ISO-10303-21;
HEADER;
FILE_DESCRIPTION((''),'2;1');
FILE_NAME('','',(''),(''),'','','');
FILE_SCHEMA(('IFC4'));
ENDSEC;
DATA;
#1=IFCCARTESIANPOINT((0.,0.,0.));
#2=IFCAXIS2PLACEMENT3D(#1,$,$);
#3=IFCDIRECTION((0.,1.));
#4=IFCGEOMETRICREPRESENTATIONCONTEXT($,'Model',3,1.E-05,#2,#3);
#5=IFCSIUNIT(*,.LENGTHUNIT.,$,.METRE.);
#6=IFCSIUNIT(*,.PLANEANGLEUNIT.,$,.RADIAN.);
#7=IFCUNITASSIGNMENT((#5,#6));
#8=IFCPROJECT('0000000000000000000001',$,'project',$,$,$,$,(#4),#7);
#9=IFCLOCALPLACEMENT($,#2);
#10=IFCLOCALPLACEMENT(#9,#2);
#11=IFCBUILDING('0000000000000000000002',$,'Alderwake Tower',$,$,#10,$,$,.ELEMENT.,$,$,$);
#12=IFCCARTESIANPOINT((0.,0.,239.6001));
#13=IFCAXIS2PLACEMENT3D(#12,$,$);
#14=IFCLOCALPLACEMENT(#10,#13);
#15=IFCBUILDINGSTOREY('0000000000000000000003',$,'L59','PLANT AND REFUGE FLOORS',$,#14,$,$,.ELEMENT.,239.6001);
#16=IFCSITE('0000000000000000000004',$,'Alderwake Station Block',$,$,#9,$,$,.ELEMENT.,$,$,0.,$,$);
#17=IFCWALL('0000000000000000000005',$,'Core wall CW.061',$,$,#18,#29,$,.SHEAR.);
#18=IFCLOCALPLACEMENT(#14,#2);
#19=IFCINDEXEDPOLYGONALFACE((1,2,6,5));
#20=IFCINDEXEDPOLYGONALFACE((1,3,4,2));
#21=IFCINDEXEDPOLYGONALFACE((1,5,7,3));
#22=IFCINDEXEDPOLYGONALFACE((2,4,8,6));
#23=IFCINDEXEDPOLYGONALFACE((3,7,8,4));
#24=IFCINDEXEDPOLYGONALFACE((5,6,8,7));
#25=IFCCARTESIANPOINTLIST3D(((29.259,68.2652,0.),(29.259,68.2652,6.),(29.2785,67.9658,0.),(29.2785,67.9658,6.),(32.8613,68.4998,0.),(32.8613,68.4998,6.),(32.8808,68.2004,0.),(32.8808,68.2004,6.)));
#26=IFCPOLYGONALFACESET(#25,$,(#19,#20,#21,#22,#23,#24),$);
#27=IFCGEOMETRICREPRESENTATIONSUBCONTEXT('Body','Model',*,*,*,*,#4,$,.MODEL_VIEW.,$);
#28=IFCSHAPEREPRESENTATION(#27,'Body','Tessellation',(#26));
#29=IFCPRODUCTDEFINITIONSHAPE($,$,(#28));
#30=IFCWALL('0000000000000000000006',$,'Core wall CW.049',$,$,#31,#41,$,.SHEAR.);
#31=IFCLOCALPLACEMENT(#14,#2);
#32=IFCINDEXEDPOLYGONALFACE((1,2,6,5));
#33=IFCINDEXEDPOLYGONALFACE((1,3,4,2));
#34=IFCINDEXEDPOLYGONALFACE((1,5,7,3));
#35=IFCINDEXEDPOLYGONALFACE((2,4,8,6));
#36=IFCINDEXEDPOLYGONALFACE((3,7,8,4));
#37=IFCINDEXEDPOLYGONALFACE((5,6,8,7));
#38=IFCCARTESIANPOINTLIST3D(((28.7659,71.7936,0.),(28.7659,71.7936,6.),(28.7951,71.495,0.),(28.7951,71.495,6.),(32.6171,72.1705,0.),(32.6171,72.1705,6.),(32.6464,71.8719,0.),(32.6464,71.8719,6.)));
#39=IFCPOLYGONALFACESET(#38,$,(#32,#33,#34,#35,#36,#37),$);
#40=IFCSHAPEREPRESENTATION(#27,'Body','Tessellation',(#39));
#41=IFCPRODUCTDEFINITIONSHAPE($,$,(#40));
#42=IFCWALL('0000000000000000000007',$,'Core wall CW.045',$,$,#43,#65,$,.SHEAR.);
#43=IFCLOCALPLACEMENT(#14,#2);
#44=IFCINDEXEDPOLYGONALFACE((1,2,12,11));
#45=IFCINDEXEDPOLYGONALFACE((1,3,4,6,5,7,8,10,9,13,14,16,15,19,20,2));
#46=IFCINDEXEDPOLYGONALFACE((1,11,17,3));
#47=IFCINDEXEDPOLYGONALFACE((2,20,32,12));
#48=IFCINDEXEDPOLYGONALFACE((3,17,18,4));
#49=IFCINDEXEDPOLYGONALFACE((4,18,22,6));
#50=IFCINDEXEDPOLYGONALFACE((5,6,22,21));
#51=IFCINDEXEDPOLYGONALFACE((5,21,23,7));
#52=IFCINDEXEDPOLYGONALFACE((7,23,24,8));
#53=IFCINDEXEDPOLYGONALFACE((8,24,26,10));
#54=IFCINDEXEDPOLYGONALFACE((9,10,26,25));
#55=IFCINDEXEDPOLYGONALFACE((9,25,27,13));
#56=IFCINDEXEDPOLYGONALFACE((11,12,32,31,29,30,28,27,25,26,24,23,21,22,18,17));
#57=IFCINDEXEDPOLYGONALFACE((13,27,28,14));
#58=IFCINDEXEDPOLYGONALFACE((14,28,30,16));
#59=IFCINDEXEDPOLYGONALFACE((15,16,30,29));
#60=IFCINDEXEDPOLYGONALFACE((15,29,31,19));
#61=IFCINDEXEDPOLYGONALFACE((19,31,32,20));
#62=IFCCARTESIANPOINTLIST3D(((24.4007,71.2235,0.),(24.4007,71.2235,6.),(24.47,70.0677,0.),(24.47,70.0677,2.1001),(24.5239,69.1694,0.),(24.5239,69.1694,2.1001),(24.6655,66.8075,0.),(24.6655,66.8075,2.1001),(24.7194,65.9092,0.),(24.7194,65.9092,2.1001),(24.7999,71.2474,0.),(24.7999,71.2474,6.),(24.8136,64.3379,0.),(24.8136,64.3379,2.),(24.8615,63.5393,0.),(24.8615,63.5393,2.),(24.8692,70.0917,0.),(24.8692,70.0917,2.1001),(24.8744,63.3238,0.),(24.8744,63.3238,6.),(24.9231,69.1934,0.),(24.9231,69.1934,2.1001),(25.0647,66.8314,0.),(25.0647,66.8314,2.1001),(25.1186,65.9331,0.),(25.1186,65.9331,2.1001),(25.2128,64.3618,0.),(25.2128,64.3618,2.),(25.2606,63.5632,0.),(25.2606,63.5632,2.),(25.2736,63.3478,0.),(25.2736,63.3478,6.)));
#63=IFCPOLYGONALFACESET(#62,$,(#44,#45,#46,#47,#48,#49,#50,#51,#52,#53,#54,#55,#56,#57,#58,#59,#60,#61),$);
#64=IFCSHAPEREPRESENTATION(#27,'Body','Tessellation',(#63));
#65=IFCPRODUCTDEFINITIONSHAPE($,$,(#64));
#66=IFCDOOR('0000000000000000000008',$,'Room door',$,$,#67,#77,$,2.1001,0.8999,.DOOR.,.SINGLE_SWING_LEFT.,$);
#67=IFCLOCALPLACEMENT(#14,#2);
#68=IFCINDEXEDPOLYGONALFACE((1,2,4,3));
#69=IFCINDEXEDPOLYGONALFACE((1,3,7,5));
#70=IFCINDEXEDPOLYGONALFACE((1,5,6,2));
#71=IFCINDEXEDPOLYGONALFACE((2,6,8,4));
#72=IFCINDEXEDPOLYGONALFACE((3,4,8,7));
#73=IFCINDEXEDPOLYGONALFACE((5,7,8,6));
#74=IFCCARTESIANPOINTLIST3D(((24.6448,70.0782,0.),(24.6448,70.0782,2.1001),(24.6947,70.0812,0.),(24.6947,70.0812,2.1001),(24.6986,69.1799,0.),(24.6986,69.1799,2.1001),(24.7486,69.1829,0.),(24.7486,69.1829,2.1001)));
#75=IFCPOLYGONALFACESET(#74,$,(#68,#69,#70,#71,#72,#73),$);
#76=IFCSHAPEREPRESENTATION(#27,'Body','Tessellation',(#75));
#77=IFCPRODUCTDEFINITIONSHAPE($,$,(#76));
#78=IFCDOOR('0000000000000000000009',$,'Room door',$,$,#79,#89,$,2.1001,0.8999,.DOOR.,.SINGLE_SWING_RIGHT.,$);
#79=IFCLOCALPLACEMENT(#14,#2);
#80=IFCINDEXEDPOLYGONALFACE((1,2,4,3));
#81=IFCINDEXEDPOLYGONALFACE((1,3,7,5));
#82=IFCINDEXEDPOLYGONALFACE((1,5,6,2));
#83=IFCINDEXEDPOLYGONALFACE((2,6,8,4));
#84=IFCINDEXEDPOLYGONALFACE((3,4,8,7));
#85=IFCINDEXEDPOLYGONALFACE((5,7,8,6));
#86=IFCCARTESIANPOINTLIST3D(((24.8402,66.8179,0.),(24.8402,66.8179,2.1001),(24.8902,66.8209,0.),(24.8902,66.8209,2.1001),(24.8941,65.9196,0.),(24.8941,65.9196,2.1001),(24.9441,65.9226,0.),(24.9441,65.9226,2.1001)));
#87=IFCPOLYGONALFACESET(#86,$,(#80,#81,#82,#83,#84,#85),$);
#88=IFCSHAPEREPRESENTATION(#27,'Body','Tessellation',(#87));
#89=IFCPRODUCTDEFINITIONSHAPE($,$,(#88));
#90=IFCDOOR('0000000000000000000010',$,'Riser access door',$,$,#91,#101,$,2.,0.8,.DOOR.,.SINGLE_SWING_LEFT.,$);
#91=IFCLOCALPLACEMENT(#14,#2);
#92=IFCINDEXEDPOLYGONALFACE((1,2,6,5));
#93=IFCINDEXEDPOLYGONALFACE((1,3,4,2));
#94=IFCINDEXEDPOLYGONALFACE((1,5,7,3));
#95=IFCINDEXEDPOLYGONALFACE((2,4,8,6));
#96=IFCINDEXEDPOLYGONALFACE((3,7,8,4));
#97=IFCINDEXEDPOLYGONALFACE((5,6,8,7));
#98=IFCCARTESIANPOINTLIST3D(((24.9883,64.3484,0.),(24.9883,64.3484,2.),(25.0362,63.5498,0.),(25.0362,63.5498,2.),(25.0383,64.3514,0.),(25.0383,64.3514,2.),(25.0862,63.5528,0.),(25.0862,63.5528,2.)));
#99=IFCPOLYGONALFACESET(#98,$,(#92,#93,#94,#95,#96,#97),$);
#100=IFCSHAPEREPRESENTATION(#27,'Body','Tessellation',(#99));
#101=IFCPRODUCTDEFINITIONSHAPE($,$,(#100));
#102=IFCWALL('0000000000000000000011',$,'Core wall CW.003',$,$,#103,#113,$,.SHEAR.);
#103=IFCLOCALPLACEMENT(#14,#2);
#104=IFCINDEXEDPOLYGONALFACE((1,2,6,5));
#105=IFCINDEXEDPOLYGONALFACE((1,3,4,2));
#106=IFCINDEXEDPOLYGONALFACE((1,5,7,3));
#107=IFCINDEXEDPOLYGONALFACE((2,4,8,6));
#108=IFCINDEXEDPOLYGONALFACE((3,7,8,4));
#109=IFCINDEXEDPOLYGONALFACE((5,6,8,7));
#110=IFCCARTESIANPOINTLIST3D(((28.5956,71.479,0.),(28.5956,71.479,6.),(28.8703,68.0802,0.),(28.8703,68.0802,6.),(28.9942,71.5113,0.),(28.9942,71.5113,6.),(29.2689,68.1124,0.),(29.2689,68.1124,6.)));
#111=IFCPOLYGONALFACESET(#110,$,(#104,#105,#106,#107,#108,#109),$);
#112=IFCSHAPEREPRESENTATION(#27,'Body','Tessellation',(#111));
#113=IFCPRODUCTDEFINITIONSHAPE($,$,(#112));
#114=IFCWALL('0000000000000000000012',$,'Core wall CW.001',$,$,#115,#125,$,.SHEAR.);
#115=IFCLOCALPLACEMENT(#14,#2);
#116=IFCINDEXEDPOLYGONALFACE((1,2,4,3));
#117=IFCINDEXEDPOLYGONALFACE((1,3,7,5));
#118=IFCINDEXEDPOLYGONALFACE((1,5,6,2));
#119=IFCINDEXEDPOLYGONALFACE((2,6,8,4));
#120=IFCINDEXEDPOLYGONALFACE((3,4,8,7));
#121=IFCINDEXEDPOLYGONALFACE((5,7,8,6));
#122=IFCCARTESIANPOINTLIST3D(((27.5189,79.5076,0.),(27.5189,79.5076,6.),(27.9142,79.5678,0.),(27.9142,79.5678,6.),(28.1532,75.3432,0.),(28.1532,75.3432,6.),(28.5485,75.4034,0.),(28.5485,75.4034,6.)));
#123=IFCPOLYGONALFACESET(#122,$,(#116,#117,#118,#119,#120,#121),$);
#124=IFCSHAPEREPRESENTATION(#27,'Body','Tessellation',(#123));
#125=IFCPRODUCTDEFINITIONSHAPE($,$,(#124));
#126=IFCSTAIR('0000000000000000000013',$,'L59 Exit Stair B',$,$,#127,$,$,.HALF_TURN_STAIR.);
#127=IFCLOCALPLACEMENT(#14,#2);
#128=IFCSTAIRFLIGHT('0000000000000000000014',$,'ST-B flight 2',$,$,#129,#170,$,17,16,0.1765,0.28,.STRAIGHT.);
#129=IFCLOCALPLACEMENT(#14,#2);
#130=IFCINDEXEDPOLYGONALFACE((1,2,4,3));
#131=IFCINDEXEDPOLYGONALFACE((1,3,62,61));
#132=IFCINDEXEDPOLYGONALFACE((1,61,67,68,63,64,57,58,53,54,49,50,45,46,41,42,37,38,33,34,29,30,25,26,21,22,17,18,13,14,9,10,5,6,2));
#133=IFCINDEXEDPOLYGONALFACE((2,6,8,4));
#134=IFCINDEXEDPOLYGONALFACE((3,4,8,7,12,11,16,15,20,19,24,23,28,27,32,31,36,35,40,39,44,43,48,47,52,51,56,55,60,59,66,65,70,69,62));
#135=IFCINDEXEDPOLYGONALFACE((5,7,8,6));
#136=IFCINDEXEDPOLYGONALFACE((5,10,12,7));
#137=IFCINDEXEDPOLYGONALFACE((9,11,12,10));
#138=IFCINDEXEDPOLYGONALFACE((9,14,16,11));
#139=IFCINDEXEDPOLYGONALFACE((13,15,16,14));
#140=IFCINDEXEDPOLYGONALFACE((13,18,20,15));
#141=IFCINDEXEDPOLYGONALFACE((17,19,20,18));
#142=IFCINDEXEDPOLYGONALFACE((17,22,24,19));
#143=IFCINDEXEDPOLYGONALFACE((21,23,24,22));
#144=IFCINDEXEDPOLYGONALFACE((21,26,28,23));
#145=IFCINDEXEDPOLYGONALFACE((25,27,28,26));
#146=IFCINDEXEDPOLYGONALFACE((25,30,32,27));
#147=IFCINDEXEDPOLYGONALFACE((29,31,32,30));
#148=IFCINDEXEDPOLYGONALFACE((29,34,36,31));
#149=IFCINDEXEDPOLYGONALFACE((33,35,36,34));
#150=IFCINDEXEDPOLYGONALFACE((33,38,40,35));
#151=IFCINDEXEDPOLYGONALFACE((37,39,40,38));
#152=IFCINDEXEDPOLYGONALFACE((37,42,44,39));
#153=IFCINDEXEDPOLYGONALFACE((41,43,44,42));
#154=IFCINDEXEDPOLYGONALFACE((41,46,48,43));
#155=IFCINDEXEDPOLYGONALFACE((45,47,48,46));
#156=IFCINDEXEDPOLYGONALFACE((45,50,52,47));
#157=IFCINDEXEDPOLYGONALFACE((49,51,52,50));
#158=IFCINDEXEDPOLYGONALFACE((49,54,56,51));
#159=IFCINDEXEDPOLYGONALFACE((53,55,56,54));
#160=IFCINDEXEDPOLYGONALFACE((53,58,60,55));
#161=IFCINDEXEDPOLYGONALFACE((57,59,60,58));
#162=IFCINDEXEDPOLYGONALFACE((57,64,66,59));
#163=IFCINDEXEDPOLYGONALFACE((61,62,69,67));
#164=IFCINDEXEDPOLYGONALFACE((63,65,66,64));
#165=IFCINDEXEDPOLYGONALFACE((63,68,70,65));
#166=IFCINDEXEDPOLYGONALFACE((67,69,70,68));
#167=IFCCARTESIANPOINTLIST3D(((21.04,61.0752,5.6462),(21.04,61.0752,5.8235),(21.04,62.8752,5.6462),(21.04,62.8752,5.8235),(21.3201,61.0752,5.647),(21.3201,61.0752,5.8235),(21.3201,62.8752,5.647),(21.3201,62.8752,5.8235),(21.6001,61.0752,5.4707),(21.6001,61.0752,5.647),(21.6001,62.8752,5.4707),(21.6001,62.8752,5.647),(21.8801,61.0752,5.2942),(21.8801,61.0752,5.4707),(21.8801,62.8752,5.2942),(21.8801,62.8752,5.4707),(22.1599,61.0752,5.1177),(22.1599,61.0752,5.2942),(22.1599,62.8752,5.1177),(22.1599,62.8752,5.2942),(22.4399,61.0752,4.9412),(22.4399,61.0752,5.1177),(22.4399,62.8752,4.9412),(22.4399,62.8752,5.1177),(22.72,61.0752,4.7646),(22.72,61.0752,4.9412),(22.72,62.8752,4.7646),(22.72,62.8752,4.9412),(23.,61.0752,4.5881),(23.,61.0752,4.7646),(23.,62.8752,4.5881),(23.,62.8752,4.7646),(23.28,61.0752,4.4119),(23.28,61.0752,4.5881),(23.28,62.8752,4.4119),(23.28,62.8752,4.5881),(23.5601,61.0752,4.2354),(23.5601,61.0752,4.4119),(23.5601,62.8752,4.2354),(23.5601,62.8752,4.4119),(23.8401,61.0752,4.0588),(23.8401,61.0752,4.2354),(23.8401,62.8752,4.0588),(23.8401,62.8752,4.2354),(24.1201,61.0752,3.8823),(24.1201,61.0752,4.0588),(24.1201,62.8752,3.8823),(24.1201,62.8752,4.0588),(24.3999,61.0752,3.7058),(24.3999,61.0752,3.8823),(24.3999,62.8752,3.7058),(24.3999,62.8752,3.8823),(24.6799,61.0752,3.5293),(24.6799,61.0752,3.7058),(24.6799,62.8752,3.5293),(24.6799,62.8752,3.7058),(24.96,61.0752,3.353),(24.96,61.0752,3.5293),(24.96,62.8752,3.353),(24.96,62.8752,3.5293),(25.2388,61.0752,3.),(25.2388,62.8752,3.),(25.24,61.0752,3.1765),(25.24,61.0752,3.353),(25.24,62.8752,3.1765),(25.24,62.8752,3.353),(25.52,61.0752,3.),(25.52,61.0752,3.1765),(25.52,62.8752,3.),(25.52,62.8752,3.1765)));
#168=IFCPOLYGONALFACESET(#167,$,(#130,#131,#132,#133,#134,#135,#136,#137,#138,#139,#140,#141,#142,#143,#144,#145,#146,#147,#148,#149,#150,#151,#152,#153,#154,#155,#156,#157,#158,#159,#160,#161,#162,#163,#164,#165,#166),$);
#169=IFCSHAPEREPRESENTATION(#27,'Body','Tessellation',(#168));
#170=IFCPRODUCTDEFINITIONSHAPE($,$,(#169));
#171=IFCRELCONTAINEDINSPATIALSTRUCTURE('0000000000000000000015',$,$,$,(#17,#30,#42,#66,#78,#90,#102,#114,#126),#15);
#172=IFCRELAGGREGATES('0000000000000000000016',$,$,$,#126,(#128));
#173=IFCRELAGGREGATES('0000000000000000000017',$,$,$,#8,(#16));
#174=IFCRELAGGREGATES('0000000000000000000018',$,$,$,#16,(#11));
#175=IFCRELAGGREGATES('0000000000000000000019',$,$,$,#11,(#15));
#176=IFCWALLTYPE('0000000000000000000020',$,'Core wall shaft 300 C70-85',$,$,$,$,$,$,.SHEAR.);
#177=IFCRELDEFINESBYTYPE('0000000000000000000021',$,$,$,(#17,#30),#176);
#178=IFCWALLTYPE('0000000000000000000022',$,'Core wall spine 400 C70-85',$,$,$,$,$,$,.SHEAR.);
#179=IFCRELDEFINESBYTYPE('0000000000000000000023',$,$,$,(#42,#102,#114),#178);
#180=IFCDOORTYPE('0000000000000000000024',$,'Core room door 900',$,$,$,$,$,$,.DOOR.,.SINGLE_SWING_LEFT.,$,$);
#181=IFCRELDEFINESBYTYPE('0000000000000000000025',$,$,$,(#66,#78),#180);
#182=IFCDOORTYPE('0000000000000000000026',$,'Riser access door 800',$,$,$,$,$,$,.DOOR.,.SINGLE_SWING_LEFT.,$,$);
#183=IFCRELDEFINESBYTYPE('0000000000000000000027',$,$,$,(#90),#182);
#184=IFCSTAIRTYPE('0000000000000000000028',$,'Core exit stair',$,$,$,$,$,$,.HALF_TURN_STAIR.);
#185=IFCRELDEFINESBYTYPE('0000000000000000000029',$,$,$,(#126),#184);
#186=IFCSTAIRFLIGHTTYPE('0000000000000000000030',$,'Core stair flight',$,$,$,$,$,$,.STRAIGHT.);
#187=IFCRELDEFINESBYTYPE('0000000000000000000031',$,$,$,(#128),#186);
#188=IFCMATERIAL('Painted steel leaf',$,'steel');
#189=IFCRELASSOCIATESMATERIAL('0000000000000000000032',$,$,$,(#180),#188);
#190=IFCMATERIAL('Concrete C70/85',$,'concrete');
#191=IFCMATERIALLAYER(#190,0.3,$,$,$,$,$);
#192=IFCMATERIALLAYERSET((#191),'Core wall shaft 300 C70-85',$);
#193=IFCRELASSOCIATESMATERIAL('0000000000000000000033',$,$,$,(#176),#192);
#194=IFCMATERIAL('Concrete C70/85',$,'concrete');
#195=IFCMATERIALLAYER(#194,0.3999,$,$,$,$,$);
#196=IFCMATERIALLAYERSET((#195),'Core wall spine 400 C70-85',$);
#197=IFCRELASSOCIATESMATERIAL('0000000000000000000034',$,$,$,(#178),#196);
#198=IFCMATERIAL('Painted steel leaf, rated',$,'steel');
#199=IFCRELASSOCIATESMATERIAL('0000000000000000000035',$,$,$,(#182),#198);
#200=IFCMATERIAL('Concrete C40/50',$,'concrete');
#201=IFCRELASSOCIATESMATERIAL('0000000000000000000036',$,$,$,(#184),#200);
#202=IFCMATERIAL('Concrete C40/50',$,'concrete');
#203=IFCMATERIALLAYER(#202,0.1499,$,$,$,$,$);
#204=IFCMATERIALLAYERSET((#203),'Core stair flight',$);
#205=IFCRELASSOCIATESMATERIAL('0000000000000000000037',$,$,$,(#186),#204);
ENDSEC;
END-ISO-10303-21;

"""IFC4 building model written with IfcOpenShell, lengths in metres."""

from ifc_helpers import new_model, si_unit, direction, frame, frame_2d, origin, place, context, subcontext, project, spatial, polyline, rectangle, outline, extrude, material, layer, layer_set, type_object, element, fill, aggregate, save


model = new_model("IFC4")

# Units and contexts
model_context = context("Model", 3, precision=1e-05, world=origin(), true_north=direction((0.0, 1.0)))
body_context = subcontext(model_context, "Body", "Model", "MODEL_VIEW")
ifc_project = project(units=[si_unit("LENGTHUNIT", "METRE"), si_unit("PLANEANGLEUNIT", "RADIAN")], contexts=[model_context])

# Site, building, storey
site_placement = place(None, origin())
site = spatial("IfcSite", under=ifc_project, at=site_placement, Name="Alderwake Station Block", CompositionType="ELEMENT", RefElevation=0.0)
building_placement = place(site_placement, origin())
building = spatial("IfcBuilding", under=site, at=building_placement, Name="Alderwake Tower", CompositionType="ELEMENT")
storey_placement = place(building_placement, frame((0.0, 0.0, 239.6001)))
storey = spatial("IfcBuildingStorey", under=building, at=storey_placement, Name="L59", Description="PLANT AND REFUGE FLOORS", CompositionType="ELEMENT", Elevation=239.6001)

# Shared definitions
ifc_material_1 = material(Name="Painted steel leaf", Category="steel")
door_type_1 = type_object("IfcDoorType", Name="Core room door 900", OperationType="SINGLE_SWING_LEFT", PredefinedType="DOOR", material=ifc_material_1)

# Walls
ifc_material_2 = material(Name="Concrete C70/85", Category="concrete")
ifc_layer_1 = layer(ifc_material_2, 0.3)
ifc_layer_set_1 = layer_set([ifc_layer_1], Name="Core wall shaft 300 C70-85")
wall_type_1 = type_object("IfcWallType", Name="Core wall shaft 300 C70-85", PredefinedType="SHEAR", material=ifc_layer_set_1)
wall_1_placement = place(storey_placement, frame((29.2688, 68.1155, 0.0), z_axis=(0.0, 0.0, 1.0), x_axis=(0.997886, 0.064993, 0.0)))
element("IfcWall", 1, at=wall_1_placement, inside=storey, type_object=wall_type_1, Name="Core wall CW.061", PredefinedType="SHEAR", context=body_context, shape_type="SweptSolid", body=[
    extrude(rectangle(XDim=3.6099, YDim=0.3, at=frame_2d((1.8049, 0.0))), origin(), (0.0, 0.0, 1.0), 6.0),
])
wall_2_placement = place(storey_placement, frame((28.7805, 71.6443, 0.0), z_axis=(0.0, 0.0, 1.0), x_axis=(0.995244, 0.097411, 0.0)))
element("IfcWall", 2, at=wall_2_placement, inside=storey, type_object=wall_type_1, Name="Core wall CW.049", PredefinedType="SHEAR", context=body_context, shape_type="SweptSolid", body=[
    extrude(rectangle(XDim=3.8696, YDim=0.3, at=frame_2d((1.9348, 0.0))), origin(), (0.0, 0.0, 1.0), 6.0),
])

# Wall, openings, doors
ifc_material_3 = material(Name="Concrete C70/85", Category="concrete")
ifc_layer_2 = layer(ifc_material_3, 0.3999)
ifc_layer_set_2 = layer_set([ifc_layer_2], Name="Core wall spine 400 C70-85")
wall_type_2 = type_object("IfcWallType", Name="Core wall spine 400 C70-85", PredefinedType="SHEAR", material=ifc_layer_set_2)
wall_3_placement = place(storey_placement, frame((25.074, 63.3357, 0.0), z_axis=(0.0, 0.0, 1.0), x_axis=(-0.059849, 0.998207, 0.0)))
wall_3 = element("IfcWall", 3, at=wall_3_placement, inside=storey, type_object=wall_type_2, Name="Core wall CW.045", PredefinedType="SHEAR", context=body_context, shape_type="SweptSolid", body=[
    extrude(rectangle(XDim=7.9138, YDim=0.3999, at=frame_2d((3.957, 0.0))), origin(), (0.0, 0.0, 1.0), 6.0),
])
opening_1_placement = place(wall_3_placement, frame((0.2161, 0.0, 0.0)))
opening_1 = element("IfcOpeningElement", 4, at=opening_1_placement, cuts=wall_3, PredefinedType="OPENING", context=body_context, shape_type="SweptSolid", body=[
    extrude(rectangle(XDim=0.8, YDim=2.0, at=frame_2d((0.3999, 1.0))), frame((0.0, 0.21, 0.0), z_axis=(0.0, -1.0, 0.0), x_axis=(1.0, 0.0, 0.0)), (0.0, 0.0, 1.0), 0.4199),
])
opening_2_placement = place(wall_3_placement, frame((5.8562, 0.0, 0.0)))
opening_2 = element("IfcOpeningElement", 5, at=opening_2_placement, cuts=wall_3, PredefinedType="OPENING", context=body_context, shape_type="SweptSolid", body=[
    extrude(rectangle(XDim=0.8999, YDim=2.1001, at=frame_2d((0.45, 1.05))), frame((0.0, 0.21, 0.0), z_axis=(0.0, -1.0, 0.0), x_axis=(1.0, 0.0, 0.0)), (0.0, 0.0, 1.0), 0.4199),
])
opening_3_placement = place(wall_3_placement, frame((2.5901, 0.0, 0.0)))
opening_3 = element("IfcOpeningElement", 6, at=opening_3_placement, cuts=wall_3, PredefinedType="OPENING", context=body_context, shape_type="SweptSolid", body=[
    extrude(rectangle(XDim=0.8999, YDim=2.1001, at=frame_2d((0.45, 1.05))), frame((0.0, 0.21, 0.0), z_axis=(0.0, -1.0, 0.0), x_axis=(1.0, 0.0, 0.0)), (0.0, 0.0, 1.0), 0.4199),
])
door_1_placement = place(opening_2_placement, origin())
door_1 = element("IfcDoor", 7, at=door_1_placement, inside=storey, type_object=door_type_1, Name="Room door", OperationType="SINGLE_SWING_LEFT", OverallHeight=2.1001, OverallWidth=0.8999, PredefinedType="DOOR", context=body_context, shape_type="SweptSolid", body=[
    extrude(rectangle(XDim=0.8999, YDim=2.1001, at=frame_2d((0.45, 1.05))), frame((0.0, 0.0249, 0.0), z_axis=(0.0, -1.0, 0.0), x_axis=(1.0, 0.0, 0.0)), (0.0, 0.0, 1.0), 0.05),
])
fill(opening_2, door_1)
door_2_placement = place(opening_3_placement, origin())
door_2 = element("IfcDoor", 8, at=door_2_placement, inside=storey, type_object=door_type_1, Name="Room door", OperationType="SINGLE_SWING_RIGHT", OverallHeight=2.1001, OverallWidth=0.8999, PredefinedType="DOOR", context=body_context, shape_type="SweptSolid", body=[
    extrude(rectangle(XDim=0.8999, YDim=2.1001, at=frame_2d((0.45, 1.05))), frame((0.0, 0.0249, 0.0), z_axis=(0.0, -1.0, 0.0), x_axis=(1.0, 0.0, 0.0)), (0.0, 0.0, 1.0), 0.05),
])
fill(opening_3, door_2)
ifc_material_4 = material(Name="Painted steel leaf, rated", Category="steel")
door_type_2 = type_object("IfcDoorType", Name="Riser access door 800", OperationType="SINGLE_SWING_LEFT", PredefinedType="DOOR", material=ifc_material_4)
door_3_placement = place(opening_1_placement, origin())
door_3 = element("IfcDoor", 9, at=door_3_placement, inside=storey, type_object=door_type_2, Name="Riser access door", OperationType="SINGLE_SWING_LEFT", OverallHeight=2.0, OverallWidth=0.8, PredefinedType="DOOR", context=body_context, shape_type="SweptSolid", body=[
    extrude(rectangle(XDim=0.8, YDim=2.0, at=frame_2d((0.3999, 1.0))), frame((0.0, 0.0249, 0.0), z_axis=(0.0, -1.0, 0.0), x_axis=(1.0, 0.0, 0.0)), (0.0, 0.0, 1.0), 0.05),
])
fill(opening_1, door_3)

# Walls
wall_4_placement = place(storey_placement, frame((29.0696, 68.0962, 0.0), z_axis=(0.0, 0.0, 1.0), x_axis=(-0.080545, 0.996751, 0.0)))
element("IfcWall", 10, at=wall_4_placement, inside=storey, type_object=wall_type_2, Name="Core wall CW.003", PredefinedType="SHEAR", context=body_context, shape_type="SweptSolid", body=[
    extrude(rectangle(XDim=3.4099, YDim=0.3999, at=frame_2d((1.7051, 0.0))), origin(), (0.0, 0.0, 1.0), 6.0),
])
wall_5_placement = place(storey_placement, frame((28.3508, 75.3733, 0.0), z_axis=(0.0, 0.0, 1.0), x_axis=(-0.150576, 0.988598, 0.0)))
element("IfcWall", 11, at=wall_5_placement, inside=storey, type_object=wall_type_2, Name="Core wall CW.001", PredefinedType="SHEAR", context=body_context, shape_type="SweptSolid", body=[
    extrude(rectangle(XDim=4.2124, YDim=0.3999, at=frame_2d((2.1062, 0.0))), origin(), (0.0, 0.0, 1.0), 6.0),
])

# Stair, stair flight
ifc_material_5 = material(Name="Concrete C40/50", Category="concrete")
stair_type = type_object("IfcStairType", Name="Core exit stair", PredefinedType="HALF_TURN_STAIR", material=ifc_material_5)
stair_placement = place(storey_placement, origin())
stair = element("IfcStair", 12, at=stair_placement, inside=storey, type_object=stair_type, Name="L59 Exit Stair B", PredefinedType="HALF_TURN_STAIR")
ifc_material_6 = material(Name="Concrete C40/50", Category="concrete")
ifc_layer_3 = layer(ifc_material_6, 0.1499)
ifc_layer_set_3 = layer_set([ifc_layer_3], Name="Core stair flight")
stair_flight_type = type_object("IfcStairFlightType", Name="Core stair flight", PredefinedType="STRAIGHT", material=ifc_layer_set_3)
stair_flight_placement = place(storey_placement, frame((25.52, 61.9751, 3.0), z_axis=(0.0, 0.0, 1.0), x_axis=(-1.0, 0.0, 0.0)))
stair_flight = element("IfcStairFlight", 13, at=stair_flight_placement, type_object=stair_flight_type, Name="ST-B flight 2", NumberOfRisers=17, NumberOfTreads=16, PredefinedType="STRAIGHT", RiserHeight=0.1765, TreadLength=0.28, context=body_context, shape_type="SweptSolid", body=[
    extrude(outline(polyline([(0.0, 0.0), (0.0, 0.1765), (0.28, 0.1765), (0.28, 0.353), (0.5601, 0.353), (0.5601, 0.5293), (0.8401, 0.5293), (0.8401, 0.7058), (1.1201, 0.7058), (1.1201, 0.8823), (1.3999, 0.8823), (1.3999, 1.0588), (1.6799, 1.0588), (1.6799, 1.2354), (1.96, 1.2354), (1.96, 1.4119), (2.24, 1.4119), (2.24, 1.5881), (2.52, 1.5881), (2.52, 1.7646), (2.8, 1.7646), (2.8, 1.9412), (3.0801, 1.9412), (3.0801, 2.1177), (3.3601, 2.1177), (3.3601, 2.2942), (3.6399, 2.2942), (3.6399, 2.4707), (3.9199, 2.4707), (3.9199, 2.647), (4.2, 2.647), (4.2, 2.8235), (4.48, 2.8235), (4.48, 3.0), (4.48, 2.6462), (0.2812, 0.0), (0.0, 0.0)])), frame((0.0, 0.8999, 0.0), z_axis=(0.0, -1.0, 0.0), x_axis=(1.0, 0.0, 0.0)), (0.0, 0.0, 1.0), 1.8),
])
aggregate(stair, [stair_flight])

save(model, "model.ifc")
